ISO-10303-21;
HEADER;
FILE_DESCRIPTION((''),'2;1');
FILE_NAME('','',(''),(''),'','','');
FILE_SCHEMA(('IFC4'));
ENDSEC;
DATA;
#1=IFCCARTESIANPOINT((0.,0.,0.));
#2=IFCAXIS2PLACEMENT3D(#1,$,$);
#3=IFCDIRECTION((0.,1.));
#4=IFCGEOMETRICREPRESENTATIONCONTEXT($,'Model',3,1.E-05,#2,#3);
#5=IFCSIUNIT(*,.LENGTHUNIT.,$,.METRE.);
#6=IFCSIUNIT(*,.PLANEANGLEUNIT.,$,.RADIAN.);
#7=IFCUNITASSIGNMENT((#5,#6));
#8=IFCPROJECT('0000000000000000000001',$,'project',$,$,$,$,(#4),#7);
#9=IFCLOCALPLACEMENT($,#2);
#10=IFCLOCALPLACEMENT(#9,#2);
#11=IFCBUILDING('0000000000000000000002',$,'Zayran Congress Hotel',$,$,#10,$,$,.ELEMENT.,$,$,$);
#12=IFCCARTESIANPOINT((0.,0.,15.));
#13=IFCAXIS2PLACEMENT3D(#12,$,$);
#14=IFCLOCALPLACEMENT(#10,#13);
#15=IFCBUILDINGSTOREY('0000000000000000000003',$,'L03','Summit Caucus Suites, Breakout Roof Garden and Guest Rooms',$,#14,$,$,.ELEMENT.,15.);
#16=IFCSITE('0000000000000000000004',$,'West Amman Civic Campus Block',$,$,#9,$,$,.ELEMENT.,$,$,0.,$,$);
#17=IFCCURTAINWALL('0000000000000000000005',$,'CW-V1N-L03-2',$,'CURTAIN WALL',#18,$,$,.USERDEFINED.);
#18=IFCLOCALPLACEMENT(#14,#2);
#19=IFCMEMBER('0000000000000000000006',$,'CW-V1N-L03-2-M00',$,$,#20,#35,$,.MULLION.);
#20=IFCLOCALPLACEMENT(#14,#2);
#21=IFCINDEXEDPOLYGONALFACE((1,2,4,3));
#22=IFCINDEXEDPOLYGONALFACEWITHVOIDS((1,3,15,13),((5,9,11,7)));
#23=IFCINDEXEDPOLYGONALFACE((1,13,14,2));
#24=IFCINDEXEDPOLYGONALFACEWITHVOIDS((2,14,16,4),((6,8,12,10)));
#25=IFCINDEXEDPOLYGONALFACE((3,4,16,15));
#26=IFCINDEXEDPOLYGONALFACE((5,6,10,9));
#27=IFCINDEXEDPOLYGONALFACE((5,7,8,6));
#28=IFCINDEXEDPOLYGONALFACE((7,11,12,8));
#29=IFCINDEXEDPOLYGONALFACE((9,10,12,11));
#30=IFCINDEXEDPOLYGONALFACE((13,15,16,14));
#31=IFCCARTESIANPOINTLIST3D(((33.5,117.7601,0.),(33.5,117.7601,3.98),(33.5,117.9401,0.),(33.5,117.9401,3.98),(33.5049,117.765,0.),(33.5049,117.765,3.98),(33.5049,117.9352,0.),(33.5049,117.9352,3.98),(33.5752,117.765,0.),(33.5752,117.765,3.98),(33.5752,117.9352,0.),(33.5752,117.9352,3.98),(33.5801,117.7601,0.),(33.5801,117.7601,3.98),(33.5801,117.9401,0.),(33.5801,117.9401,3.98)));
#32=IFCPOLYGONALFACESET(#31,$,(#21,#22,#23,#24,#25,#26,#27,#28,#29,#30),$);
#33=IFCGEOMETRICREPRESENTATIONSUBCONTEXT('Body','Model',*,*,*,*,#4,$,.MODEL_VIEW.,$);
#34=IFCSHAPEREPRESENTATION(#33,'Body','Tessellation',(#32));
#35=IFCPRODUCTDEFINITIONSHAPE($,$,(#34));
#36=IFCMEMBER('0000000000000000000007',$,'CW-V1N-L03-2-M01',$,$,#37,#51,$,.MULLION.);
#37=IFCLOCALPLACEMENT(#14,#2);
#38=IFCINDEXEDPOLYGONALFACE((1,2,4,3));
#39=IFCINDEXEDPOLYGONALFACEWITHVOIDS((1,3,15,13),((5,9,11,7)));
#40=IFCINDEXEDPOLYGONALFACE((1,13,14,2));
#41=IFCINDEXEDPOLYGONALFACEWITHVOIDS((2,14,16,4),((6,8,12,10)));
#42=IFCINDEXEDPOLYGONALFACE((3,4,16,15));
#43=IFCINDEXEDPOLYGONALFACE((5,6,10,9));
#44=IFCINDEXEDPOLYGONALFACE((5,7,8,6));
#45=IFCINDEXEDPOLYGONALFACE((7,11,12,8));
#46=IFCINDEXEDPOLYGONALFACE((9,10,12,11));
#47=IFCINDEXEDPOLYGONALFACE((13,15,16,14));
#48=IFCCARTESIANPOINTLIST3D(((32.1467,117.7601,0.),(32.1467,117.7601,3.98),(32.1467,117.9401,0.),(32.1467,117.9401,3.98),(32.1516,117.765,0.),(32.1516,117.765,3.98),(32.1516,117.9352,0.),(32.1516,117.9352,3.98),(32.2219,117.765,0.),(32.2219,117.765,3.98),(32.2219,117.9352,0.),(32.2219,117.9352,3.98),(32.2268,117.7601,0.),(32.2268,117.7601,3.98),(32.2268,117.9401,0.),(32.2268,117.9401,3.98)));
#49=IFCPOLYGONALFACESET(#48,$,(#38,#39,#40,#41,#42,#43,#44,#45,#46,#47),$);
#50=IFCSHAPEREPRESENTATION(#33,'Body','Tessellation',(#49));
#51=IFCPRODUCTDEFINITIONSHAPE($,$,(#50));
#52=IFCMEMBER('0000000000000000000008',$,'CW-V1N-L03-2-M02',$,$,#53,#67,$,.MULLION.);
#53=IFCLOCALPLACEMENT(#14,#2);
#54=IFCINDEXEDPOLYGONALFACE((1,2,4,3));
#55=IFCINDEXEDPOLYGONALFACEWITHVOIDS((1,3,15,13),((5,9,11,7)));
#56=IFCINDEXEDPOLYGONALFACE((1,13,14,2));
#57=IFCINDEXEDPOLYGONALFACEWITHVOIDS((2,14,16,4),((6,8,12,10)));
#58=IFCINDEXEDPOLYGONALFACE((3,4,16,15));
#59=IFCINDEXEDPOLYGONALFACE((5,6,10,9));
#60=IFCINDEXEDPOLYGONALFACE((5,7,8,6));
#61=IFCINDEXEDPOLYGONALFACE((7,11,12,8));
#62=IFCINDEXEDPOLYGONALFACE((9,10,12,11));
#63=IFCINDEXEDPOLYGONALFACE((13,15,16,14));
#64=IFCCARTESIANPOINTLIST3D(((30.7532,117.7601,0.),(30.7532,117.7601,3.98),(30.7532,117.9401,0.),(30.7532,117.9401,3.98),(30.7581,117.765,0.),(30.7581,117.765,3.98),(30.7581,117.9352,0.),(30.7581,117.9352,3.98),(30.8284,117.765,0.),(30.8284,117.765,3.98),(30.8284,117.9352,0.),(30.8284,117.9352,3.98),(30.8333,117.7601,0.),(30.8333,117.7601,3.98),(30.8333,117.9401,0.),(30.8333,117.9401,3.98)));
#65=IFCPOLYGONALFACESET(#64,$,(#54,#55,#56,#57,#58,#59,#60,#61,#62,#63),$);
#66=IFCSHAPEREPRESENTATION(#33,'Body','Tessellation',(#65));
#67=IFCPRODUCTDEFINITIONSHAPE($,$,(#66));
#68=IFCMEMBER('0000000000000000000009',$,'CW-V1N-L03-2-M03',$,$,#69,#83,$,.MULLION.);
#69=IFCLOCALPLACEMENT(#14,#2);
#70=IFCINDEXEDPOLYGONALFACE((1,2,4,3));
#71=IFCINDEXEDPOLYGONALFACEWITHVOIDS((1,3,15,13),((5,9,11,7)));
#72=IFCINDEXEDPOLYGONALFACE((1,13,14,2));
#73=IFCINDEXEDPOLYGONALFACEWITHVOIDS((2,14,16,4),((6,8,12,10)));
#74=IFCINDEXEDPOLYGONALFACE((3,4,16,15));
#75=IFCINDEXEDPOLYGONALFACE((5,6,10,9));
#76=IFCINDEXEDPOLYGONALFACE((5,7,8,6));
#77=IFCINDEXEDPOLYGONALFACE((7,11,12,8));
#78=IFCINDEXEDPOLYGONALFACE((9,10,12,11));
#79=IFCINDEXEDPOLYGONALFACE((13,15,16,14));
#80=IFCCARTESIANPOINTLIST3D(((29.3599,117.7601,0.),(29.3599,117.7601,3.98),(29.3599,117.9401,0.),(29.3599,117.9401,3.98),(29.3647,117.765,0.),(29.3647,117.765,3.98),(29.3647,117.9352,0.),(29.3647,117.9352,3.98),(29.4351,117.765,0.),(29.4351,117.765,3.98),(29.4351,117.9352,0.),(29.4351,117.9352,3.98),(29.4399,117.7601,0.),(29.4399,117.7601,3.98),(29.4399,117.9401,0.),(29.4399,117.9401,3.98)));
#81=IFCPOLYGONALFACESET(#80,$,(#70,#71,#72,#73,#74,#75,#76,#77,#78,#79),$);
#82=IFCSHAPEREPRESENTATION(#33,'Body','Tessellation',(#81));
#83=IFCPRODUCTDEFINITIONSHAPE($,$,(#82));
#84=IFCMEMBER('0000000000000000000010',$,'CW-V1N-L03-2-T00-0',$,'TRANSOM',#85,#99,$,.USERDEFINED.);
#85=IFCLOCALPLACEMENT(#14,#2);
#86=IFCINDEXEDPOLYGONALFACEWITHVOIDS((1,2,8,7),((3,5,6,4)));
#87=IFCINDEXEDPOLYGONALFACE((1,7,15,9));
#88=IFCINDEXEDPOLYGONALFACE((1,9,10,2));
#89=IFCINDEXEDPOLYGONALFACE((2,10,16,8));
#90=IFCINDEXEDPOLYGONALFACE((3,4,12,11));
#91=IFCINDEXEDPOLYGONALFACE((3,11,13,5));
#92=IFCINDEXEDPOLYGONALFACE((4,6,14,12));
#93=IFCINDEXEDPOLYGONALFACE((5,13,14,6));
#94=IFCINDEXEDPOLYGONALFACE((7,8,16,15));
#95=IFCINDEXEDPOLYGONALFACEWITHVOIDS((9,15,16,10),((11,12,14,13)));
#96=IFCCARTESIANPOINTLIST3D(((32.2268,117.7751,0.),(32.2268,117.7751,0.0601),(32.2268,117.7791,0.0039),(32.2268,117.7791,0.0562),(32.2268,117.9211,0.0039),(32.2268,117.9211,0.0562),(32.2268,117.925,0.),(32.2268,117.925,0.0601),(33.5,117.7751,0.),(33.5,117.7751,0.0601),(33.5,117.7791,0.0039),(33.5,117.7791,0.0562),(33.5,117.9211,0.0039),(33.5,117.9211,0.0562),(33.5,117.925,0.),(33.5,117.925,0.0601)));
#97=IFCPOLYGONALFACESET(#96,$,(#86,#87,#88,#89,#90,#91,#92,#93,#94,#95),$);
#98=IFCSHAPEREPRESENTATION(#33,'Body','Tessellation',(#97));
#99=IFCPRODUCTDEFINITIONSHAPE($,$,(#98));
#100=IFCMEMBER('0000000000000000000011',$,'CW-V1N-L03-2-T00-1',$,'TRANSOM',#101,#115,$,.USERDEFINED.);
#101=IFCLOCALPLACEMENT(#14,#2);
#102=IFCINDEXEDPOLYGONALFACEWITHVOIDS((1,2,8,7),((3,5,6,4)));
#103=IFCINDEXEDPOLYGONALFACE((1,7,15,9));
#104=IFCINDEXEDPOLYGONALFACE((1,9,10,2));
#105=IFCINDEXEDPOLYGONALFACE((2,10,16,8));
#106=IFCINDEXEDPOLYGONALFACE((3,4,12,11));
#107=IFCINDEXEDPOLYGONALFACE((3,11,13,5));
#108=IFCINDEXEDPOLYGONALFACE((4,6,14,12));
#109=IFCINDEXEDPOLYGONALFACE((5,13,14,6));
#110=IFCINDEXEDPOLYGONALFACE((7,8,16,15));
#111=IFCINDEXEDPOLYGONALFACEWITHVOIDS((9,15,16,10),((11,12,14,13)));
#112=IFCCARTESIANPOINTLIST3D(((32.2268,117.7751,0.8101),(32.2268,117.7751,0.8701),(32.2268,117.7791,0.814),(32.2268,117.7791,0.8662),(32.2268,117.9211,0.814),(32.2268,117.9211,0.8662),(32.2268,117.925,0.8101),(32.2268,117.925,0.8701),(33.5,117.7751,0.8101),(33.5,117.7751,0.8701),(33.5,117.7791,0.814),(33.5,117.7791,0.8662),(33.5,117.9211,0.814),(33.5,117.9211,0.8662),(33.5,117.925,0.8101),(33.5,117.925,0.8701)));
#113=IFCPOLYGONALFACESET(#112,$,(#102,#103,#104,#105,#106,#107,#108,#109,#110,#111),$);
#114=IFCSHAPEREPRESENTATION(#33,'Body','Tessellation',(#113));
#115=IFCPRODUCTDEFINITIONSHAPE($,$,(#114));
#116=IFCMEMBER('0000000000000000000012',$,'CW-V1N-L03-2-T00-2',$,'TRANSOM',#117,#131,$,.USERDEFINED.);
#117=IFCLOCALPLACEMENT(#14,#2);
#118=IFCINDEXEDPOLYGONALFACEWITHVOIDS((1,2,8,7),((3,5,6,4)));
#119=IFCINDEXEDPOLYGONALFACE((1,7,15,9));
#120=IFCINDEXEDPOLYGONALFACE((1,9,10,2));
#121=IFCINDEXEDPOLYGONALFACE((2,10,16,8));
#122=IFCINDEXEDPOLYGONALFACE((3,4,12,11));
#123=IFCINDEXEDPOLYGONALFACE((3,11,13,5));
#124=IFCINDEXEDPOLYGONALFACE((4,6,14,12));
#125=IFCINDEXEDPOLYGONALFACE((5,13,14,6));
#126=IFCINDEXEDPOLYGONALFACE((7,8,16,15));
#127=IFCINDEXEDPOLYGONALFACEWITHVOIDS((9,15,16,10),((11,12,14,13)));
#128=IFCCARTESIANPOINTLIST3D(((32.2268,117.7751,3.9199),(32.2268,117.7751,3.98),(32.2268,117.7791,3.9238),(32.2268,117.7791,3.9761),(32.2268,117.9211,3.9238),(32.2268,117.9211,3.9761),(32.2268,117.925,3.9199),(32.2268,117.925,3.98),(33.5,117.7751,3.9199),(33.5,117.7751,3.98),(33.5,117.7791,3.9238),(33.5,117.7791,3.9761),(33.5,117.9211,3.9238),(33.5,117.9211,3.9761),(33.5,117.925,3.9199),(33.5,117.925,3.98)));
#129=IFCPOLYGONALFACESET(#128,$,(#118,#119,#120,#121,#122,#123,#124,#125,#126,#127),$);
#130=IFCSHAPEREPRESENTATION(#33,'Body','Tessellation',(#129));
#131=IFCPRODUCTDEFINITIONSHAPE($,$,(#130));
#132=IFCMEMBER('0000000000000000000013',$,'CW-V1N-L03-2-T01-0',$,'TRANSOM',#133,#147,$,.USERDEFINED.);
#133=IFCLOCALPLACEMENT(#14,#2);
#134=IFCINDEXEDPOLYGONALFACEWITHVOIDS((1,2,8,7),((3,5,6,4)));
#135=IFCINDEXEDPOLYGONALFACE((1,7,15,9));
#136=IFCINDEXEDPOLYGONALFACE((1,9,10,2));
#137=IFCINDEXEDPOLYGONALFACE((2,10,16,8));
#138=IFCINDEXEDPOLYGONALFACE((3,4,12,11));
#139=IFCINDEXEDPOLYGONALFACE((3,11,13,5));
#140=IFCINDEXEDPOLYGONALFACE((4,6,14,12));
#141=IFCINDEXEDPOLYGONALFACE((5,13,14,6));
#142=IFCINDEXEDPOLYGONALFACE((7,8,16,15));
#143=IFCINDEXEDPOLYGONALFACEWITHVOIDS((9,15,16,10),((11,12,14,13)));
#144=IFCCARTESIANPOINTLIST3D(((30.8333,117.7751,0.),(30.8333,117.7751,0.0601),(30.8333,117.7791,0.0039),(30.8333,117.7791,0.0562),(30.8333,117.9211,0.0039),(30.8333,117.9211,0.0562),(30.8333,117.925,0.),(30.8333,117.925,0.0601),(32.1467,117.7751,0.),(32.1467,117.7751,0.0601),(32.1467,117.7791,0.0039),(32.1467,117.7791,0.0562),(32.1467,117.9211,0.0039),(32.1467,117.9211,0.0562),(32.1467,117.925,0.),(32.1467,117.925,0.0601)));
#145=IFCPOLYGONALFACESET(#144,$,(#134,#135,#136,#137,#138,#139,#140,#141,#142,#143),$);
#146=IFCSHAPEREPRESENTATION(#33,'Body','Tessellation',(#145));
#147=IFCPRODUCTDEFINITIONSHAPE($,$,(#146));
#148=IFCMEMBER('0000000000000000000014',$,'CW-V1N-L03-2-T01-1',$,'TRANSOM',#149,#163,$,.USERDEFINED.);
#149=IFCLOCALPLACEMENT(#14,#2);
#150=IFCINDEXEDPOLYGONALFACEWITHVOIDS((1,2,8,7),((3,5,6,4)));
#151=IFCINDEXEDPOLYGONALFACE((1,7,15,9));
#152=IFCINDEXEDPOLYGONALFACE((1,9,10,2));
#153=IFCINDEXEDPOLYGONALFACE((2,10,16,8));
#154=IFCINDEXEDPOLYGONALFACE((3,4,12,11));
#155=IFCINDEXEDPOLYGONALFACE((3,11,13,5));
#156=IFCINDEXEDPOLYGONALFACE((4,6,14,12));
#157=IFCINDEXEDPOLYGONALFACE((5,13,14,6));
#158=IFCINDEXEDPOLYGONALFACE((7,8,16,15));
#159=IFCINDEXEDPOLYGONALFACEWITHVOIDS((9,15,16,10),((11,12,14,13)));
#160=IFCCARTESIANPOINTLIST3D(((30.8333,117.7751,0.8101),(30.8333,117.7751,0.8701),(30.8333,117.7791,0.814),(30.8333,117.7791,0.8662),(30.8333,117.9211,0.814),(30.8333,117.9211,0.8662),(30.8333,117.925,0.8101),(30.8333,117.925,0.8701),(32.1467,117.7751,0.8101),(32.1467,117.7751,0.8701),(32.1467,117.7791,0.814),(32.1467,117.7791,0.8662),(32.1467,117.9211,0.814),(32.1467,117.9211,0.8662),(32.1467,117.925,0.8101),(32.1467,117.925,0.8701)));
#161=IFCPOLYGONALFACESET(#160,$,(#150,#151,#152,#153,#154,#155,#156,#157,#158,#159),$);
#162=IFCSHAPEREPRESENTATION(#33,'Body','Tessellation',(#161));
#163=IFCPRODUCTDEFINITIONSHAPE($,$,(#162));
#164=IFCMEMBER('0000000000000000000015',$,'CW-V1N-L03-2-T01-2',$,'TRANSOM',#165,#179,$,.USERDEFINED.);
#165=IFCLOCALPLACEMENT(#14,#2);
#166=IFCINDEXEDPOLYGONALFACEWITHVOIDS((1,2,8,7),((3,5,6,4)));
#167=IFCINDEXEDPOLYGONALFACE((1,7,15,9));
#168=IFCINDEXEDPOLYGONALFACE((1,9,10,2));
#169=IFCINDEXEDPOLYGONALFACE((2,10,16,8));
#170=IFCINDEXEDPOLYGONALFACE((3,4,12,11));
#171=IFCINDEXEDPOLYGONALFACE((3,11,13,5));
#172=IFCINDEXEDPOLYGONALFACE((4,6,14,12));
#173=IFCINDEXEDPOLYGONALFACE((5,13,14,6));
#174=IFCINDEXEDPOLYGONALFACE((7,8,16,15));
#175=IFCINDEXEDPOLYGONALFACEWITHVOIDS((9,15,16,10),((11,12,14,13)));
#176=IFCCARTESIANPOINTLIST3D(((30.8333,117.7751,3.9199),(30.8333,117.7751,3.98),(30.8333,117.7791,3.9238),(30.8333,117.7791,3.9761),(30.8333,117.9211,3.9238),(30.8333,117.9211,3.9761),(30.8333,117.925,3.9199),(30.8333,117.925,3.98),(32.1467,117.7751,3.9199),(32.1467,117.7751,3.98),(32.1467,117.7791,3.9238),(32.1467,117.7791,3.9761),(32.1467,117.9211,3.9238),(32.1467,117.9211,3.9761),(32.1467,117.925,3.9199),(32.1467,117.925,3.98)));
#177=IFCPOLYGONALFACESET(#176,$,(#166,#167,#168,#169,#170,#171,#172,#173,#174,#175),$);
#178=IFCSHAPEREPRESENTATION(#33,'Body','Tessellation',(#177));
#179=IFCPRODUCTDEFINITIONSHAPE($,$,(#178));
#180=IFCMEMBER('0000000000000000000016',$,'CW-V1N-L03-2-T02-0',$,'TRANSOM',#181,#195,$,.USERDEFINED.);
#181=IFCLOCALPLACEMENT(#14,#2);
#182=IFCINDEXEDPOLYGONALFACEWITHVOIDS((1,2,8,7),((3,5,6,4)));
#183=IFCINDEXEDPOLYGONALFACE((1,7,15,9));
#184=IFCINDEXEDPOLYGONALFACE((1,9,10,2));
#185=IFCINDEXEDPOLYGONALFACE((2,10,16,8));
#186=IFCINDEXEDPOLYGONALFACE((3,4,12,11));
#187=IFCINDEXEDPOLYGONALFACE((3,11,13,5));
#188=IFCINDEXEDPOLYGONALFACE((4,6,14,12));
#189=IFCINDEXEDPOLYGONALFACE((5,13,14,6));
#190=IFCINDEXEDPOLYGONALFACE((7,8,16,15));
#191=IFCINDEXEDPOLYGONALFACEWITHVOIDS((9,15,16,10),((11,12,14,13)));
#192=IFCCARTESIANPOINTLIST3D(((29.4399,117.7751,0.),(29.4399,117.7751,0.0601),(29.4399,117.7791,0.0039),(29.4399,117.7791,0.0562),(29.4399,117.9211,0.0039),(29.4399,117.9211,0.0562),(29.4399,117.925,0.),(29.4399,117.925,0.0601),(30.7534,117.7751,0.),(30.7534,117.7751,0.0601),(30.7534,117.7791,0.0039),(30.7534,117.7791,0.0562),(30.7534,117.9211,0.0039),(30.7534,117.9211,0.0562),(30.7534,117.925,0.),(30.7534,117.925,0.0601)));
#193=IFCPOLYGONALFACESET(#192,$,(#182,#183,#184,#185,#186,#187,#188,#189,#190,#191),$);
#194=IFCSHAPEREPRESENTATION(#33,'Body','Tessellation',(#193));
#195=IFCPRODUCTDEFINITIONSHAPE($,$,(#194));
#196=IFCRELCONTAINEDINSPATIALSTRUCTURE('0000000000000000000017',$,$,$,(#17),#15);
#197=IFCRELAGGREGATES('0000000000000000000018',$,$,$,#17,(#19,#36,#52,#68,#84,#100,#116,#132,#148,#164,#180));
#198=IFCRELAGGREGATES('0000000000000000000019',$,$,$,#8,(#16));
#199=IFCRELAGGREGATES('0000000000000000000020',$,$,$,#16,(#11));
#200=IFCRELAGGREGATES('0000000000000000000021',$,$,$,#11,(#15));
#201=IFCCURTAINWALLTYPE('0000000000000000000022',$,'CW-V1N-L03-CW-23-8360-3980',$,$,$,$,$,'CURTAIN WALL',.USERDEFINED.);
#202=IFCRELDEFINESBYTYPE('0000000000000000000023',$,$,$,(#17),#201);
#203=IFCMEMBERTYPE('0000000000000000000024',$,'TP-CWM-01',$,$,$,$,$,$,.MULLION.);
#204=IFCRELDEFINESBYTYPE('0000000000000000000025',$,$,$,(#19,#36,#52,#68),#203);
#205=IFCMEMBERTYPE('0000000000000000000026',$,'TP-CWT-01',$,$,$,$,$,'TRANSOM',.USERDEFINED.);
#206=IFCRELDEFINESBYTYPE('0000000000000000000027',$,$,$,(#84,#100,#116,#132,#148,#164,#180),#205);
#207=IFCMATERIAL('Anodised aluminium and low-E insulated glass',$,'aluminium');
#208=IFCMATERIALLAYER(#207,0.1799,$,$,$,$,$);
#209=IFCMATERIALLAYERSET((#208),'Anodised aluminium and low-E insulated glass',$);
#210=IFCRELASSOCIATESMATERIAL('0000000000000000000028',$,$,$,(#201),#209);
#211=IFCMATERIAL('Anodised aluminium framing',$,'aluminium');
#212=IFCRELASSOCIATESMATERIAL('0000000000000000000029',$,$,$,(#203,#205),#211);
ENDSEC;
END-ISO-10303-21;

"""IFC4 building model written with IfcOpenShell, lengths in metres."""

from ifc_helpers import new_model, si_unit, direction, frame, origin, origin_2d, place, context, subcontext, project, spatial, hollow_rectangle, extrude, material, layer, layer_set, material_profile, profile_set, type_object, element, aggregate, save


model = new_model("IFC4")

# Units and contexts
model_context = context("Model", 3, precision=1e-05, world=origin(), true_north=direction((0.0, 1.0)))
body_context = subcontext(model_context, "Body", "Model", "MODEL_VIEW")
ifc_project = project(units=[si_unit("LENGTHUNIT", "METRE"), si_unit("PLANEANGLEUNIT", "RADIAN")], contexts=[model_context])

# Site, building, storey
site_placement = place(None, origin())
site = spatial("IfcSite", under=ifc_project, at=site_placement, Name="West Amman Civic Campus Block", CompositionType="ELEMENT", RefElevation=0.0)
building_placement = place(site_placement, origin())
building = spatial("IfcBuilding", under=site, at=building_placement, Name="Zayran Congress Hotel", CompositionType="ELEMENT")
storey_placement = place(building_placement, frame((0.0, 0.0, 15.0)))
storey = spatial("IfcBuildingStorey", under=building, at=storey_placement, Name="L03", Description="Summit Caucus Suites, Breakout Roof Garden and Guest Rooms", CompositionType="ELEMENT", Elevation=15.0)

# Curtain wall, members
ifc_material_1 = material(Name="Anodised aluminium and low-E insulated glass", Category="aluminium")
ifc_layer_1 = layer(ifc_material_1, 0.1799)
ifc_layer_set_1 = layer_set([ifc_layer_1], Name="Anodised aluminium and low-E insulated glass")
curtain_wall_type_1 = type_object("IfcCurtainWallType", Name="CW-V1N-L03-CW-23-8360-3980", ElementType="CURTAIN WALL", PredefinedType="USERDEFINED", material=ifc_layer_set_1)
curtain_wall_1_placement = place(storey_placement, origin())
curtain_wall_1 = element("IfcCurtainWall", 1, at=curtain_wall_1_placement, inside=storey, type_object=curtain_wall_type_1, Name="CW-V1N-L03-2", ObjectType="CURTAIN WALL", PredefinedType="USERDEFINED")
ifc_material_2 = material(Name="Anodised aluminium framing", Category="aluminium")
ifc_material_profile_1 = material_profile(ifc_material_2, hollow_rectangle(XDim=0.0801, YDim=0.1799, WallThickness=0.0049, at=origin_2d()), Name="RHS 180x80x5")
ifc_profile_set_1 = profile_set([ifc_material_profile_1], Name="Anodised aluminium framing")
member_type_1 = type_object("IfcMemberType", Name="TP-CWM-01", PredefinedType="MULLION", material=ifc_profile_set_1)
member_1_placement = place(storey_placement, frame((33.54, 117.8501, 0.0), z_axis=(0.0, 0.0, 1.0), x_axis=(1.0, 0.0, 0.0)))
member_1 = element("IfcMember", 2, at=member_1_placement, type_object=member_type_1, Name="CW-V1N-L03-2-M00", PredefinedType="MULLION", context=body_context, shape_type="SweptSolid", body=[
    extrude(hollow_rectangle(XDim=0.0801, YDim=0.1799, WallThickness=0.0049, at=origin_2d()), origin(), (0.0, 0.0, 1.0), 3.98),
])
member_2_placement = place(storey_placement, frame((32.1868, 117.8501, 0.0), z_axis=(0.0, 0.0, 1.0), x_axis=(1.0, 0.0, 0.0)))
member_2 = element("IfcMember", 3, at=member_2_placement, type_object=member_type_1, Name="CW-V1N-L03-2-M01", PredefinedType="MULLION", context=body_context, shape_type="SweptSolid", body=[
    extrude(hollow_rectangle(XDim=0.0801, YDim=0.1799, WallThickness=0.0049, at=origin_2d()), origin(), (0.0, 0.0, 1.0), 3.98),
])
member_3_placement = place(storey_placement, frame((30.7932, 117.8501, 0.0), z_axis=(0.0, 0.0, 1.0), x_axis=(1.0, 0.0, 0.0)))
member_3 = element("IfcMember", 4, at=member_3_placement, type_object=member_type_1, Name="CW-V1N-L03-2-M02", PredefinedType="MULLION", context=body_context, shape_type="SweptSolid", body=[
    extrude(hollow_rectangle(XDim=0.0801, YDim=0.1799, WallThickness=0.0049, at=origin_2d()), origin(), (0.0, 0.0, 1.0), 3.98),
])
member_4_placement = place(storey_placement, frame((29.3999, 117.8501, 0.0), z_axis=(0.0, 0.0, 1.0), x_axis=(1.0, 0.0, 0.0)))
member_4 = element("IfcMember", 5, at=member_4_placement, type_object=member_type_1, Name="CW-V1N-L03-2-M03", PredefinedType="MULLION", context=body_context, shape_type="SweptSolid", body=[
    extrude(hollow_rectangle(XDim=0.0801, YDim=0.1799, WallThickness=0.0049, at=origin_2d()), origin(), (0.0, 0.0, 1.0), 3.98),
])
ifc_material_profile_2 = material_profile(ifc_material_2, hollow_rectangle(XDim=0.0601, YDim=0.1499, WallThickness=0.0039, at=origin_2d()), Name="RHS 150x60x4")
ifc_profile_set_2 = profile_set([ifc_material_profile_2], Name="Anodised aluminium framing")
member_type_2 = type_object("IfcMemberType", Name="TP-CWT-01", ElementType="TRANSOM", PredefinedType="USERDEFINED", material=ifc_profile_set_2)
member_5_placement = place(storey_placement, frame((33.5, 117.8501, 0.03), z_axis=(-1.0, 0.0, 0.0), x_axis=(0.0, 0.0, 1.0)))
member_5 = element("IfcMember", 6, at=member_5_placement, type_object=member_type_2, Name="CW-V1N-L03-2-T00-0", ObjectType="TRANSOM", PredefinedType="USERDEFINED", context=body_context, shape_type="SweptSolid", body=[
    extrude(hollow_rectangle(XDim=0.0601, YDim=0.1499, WallThickness=0.0039, at=origin_2d()), origin(), (0.0, 0.0, 1.0), 1.2732),
])
member_6_placement = place(storey_placement, frame((33.5, 117.8501, 0.8401), z_axis=(-1.0, 0.0, 0.0), x_axis=(0.0, 0.0, 1.0)))
member_6 = element("IfcMember", 7, at=member_6_placement, type_object=member_type_2, Name="CW-V1N-L03-2-T00-1", ObjectType="TRANSOM", PredefinedType="USERDEFINED", context=body_context, shape_type="SweptSolid", body=[
    extrude(hollow_rectangle(XDim=0.0601, YDim=0.1499, WallThickness=0.0039, at=origin_2d()), origin(), (0.0, 0.0, 1.0), 1.2732),
])
member_7_placement = place(storey_placement, frame((33.5, 117.8501, 3.95), z_axis=(-1.0, 0.0, 0.0), x_axis=(0.0, 0.0, 1.0)))
member_7 = element("IfcMember", 8, at=member_7_placement, type_object=member_type_2, Name="CW-V1N-L03-2-T00-2", ObjectType="TRANSOM", PredefinedType="USERDEFINED", context=body_context, shape_type="SweptSolid", body=[
    extrude(hollow_rectangle(XDim=0.0601, YDim=0.1499, WallThickness=0.0039, at=origin_2d()), origin(), (0.0, 0.0, 1.0), 1.2732),
])
member_8_placement = place(storey_placement, frame((32.1467, 117.8501, 0.03), z_axis=(-1.0, 0.0, 0.0), x_axis=(0.0, 0.0, 1.0)))
member_8 = element("IfcMember", 9, at=member_8_placement, type_object=member_type_2, Name="CW-V1N-L03-2-T01-0", ObjectType="TRANSOM", PredefinedType="USERDEFINED", context=body_context, shape_type="SweptSolid", body=[
    extrude(hollow_rectangle(XDim=0.0601, YDim=0.1499, WallThickness=0.0039, at=origin_2d()), origin(), (0.0, 0.0, 1.0), 1.3135),
])
member_9_placement = place(storey_placement, frame((32.1467, 117.8501, 0.8401), z_axis=(-1.0, 0.0, 0.0), x_axis=(0.0, 0.0, 1.0)))
member_9 = element("IfcMember", 10, at=member_9_placement, type_object=member_type_2, Name="CW-V1N-L03-2-T01-1", ObjectType="TRANSOM", PredefinedType="USERDEFINED", context=body_context, shape_type="SweptSolid", body=[
    extrude(hollow_rectangle(XDim=0.0601, YDim=0.1499, WallThickness=0.0039, at=origin_2d()), origin(), (0.0, 0.0, 1.0), 1.3135),
])
member_10_placement = place(storey_placement, frame((32.1467, 117.8501, 3.95), z_axis=(-1.0, 0.0, 0.0), x_axis=(0.0, 0.0, 1.0)))
member_10 = element("IfcMember", 11, at=member_10_placement, type_object=member_type_2, Name="CW-V1N-L03-2-T01-2", ObjectType="TRANSOM", PredefinedType="USERDEFINED", context=body_context, shape_type="SweptSolid", body=[
    extrude(hollow_rectangle(XDim=0.0601, YDim=0.1499, WallThickness=0.0039, at=origin_2d()), origin(), (0.0, 0.0, 1.0), 1.3135),
])
member_11_placement = place(storey_placement, frame((30.7534, 117.8501, 0.03), z_axis=(-1.0, 0.0, 0.0), x_axis=(0.0, 0.0, 1.0)))
member_11 = element("IfcMember", 12, at=member_11_placement, type_object=member_type_2, Name="CW-V1N-L03-2-T02-0", ObjectType="TRANSOM", PredefinedType="USERDEFINED", context=body_context, shape_type="SweptSolid", body=[
    extrude(hollow_rectangle(XDim=0.0601, YDim=0.1499, WallThickness=0.0039, at=origin_2d()), origin(), (0.0, 0.0, 1.0), 1.3135),
])

aggregate(curtain_wall_1, [member_1, member_2, member_3, member_4, member_5, member_6, member_7, member_8, member_9, member_10, member_11])

save(model, "model.ifc")
